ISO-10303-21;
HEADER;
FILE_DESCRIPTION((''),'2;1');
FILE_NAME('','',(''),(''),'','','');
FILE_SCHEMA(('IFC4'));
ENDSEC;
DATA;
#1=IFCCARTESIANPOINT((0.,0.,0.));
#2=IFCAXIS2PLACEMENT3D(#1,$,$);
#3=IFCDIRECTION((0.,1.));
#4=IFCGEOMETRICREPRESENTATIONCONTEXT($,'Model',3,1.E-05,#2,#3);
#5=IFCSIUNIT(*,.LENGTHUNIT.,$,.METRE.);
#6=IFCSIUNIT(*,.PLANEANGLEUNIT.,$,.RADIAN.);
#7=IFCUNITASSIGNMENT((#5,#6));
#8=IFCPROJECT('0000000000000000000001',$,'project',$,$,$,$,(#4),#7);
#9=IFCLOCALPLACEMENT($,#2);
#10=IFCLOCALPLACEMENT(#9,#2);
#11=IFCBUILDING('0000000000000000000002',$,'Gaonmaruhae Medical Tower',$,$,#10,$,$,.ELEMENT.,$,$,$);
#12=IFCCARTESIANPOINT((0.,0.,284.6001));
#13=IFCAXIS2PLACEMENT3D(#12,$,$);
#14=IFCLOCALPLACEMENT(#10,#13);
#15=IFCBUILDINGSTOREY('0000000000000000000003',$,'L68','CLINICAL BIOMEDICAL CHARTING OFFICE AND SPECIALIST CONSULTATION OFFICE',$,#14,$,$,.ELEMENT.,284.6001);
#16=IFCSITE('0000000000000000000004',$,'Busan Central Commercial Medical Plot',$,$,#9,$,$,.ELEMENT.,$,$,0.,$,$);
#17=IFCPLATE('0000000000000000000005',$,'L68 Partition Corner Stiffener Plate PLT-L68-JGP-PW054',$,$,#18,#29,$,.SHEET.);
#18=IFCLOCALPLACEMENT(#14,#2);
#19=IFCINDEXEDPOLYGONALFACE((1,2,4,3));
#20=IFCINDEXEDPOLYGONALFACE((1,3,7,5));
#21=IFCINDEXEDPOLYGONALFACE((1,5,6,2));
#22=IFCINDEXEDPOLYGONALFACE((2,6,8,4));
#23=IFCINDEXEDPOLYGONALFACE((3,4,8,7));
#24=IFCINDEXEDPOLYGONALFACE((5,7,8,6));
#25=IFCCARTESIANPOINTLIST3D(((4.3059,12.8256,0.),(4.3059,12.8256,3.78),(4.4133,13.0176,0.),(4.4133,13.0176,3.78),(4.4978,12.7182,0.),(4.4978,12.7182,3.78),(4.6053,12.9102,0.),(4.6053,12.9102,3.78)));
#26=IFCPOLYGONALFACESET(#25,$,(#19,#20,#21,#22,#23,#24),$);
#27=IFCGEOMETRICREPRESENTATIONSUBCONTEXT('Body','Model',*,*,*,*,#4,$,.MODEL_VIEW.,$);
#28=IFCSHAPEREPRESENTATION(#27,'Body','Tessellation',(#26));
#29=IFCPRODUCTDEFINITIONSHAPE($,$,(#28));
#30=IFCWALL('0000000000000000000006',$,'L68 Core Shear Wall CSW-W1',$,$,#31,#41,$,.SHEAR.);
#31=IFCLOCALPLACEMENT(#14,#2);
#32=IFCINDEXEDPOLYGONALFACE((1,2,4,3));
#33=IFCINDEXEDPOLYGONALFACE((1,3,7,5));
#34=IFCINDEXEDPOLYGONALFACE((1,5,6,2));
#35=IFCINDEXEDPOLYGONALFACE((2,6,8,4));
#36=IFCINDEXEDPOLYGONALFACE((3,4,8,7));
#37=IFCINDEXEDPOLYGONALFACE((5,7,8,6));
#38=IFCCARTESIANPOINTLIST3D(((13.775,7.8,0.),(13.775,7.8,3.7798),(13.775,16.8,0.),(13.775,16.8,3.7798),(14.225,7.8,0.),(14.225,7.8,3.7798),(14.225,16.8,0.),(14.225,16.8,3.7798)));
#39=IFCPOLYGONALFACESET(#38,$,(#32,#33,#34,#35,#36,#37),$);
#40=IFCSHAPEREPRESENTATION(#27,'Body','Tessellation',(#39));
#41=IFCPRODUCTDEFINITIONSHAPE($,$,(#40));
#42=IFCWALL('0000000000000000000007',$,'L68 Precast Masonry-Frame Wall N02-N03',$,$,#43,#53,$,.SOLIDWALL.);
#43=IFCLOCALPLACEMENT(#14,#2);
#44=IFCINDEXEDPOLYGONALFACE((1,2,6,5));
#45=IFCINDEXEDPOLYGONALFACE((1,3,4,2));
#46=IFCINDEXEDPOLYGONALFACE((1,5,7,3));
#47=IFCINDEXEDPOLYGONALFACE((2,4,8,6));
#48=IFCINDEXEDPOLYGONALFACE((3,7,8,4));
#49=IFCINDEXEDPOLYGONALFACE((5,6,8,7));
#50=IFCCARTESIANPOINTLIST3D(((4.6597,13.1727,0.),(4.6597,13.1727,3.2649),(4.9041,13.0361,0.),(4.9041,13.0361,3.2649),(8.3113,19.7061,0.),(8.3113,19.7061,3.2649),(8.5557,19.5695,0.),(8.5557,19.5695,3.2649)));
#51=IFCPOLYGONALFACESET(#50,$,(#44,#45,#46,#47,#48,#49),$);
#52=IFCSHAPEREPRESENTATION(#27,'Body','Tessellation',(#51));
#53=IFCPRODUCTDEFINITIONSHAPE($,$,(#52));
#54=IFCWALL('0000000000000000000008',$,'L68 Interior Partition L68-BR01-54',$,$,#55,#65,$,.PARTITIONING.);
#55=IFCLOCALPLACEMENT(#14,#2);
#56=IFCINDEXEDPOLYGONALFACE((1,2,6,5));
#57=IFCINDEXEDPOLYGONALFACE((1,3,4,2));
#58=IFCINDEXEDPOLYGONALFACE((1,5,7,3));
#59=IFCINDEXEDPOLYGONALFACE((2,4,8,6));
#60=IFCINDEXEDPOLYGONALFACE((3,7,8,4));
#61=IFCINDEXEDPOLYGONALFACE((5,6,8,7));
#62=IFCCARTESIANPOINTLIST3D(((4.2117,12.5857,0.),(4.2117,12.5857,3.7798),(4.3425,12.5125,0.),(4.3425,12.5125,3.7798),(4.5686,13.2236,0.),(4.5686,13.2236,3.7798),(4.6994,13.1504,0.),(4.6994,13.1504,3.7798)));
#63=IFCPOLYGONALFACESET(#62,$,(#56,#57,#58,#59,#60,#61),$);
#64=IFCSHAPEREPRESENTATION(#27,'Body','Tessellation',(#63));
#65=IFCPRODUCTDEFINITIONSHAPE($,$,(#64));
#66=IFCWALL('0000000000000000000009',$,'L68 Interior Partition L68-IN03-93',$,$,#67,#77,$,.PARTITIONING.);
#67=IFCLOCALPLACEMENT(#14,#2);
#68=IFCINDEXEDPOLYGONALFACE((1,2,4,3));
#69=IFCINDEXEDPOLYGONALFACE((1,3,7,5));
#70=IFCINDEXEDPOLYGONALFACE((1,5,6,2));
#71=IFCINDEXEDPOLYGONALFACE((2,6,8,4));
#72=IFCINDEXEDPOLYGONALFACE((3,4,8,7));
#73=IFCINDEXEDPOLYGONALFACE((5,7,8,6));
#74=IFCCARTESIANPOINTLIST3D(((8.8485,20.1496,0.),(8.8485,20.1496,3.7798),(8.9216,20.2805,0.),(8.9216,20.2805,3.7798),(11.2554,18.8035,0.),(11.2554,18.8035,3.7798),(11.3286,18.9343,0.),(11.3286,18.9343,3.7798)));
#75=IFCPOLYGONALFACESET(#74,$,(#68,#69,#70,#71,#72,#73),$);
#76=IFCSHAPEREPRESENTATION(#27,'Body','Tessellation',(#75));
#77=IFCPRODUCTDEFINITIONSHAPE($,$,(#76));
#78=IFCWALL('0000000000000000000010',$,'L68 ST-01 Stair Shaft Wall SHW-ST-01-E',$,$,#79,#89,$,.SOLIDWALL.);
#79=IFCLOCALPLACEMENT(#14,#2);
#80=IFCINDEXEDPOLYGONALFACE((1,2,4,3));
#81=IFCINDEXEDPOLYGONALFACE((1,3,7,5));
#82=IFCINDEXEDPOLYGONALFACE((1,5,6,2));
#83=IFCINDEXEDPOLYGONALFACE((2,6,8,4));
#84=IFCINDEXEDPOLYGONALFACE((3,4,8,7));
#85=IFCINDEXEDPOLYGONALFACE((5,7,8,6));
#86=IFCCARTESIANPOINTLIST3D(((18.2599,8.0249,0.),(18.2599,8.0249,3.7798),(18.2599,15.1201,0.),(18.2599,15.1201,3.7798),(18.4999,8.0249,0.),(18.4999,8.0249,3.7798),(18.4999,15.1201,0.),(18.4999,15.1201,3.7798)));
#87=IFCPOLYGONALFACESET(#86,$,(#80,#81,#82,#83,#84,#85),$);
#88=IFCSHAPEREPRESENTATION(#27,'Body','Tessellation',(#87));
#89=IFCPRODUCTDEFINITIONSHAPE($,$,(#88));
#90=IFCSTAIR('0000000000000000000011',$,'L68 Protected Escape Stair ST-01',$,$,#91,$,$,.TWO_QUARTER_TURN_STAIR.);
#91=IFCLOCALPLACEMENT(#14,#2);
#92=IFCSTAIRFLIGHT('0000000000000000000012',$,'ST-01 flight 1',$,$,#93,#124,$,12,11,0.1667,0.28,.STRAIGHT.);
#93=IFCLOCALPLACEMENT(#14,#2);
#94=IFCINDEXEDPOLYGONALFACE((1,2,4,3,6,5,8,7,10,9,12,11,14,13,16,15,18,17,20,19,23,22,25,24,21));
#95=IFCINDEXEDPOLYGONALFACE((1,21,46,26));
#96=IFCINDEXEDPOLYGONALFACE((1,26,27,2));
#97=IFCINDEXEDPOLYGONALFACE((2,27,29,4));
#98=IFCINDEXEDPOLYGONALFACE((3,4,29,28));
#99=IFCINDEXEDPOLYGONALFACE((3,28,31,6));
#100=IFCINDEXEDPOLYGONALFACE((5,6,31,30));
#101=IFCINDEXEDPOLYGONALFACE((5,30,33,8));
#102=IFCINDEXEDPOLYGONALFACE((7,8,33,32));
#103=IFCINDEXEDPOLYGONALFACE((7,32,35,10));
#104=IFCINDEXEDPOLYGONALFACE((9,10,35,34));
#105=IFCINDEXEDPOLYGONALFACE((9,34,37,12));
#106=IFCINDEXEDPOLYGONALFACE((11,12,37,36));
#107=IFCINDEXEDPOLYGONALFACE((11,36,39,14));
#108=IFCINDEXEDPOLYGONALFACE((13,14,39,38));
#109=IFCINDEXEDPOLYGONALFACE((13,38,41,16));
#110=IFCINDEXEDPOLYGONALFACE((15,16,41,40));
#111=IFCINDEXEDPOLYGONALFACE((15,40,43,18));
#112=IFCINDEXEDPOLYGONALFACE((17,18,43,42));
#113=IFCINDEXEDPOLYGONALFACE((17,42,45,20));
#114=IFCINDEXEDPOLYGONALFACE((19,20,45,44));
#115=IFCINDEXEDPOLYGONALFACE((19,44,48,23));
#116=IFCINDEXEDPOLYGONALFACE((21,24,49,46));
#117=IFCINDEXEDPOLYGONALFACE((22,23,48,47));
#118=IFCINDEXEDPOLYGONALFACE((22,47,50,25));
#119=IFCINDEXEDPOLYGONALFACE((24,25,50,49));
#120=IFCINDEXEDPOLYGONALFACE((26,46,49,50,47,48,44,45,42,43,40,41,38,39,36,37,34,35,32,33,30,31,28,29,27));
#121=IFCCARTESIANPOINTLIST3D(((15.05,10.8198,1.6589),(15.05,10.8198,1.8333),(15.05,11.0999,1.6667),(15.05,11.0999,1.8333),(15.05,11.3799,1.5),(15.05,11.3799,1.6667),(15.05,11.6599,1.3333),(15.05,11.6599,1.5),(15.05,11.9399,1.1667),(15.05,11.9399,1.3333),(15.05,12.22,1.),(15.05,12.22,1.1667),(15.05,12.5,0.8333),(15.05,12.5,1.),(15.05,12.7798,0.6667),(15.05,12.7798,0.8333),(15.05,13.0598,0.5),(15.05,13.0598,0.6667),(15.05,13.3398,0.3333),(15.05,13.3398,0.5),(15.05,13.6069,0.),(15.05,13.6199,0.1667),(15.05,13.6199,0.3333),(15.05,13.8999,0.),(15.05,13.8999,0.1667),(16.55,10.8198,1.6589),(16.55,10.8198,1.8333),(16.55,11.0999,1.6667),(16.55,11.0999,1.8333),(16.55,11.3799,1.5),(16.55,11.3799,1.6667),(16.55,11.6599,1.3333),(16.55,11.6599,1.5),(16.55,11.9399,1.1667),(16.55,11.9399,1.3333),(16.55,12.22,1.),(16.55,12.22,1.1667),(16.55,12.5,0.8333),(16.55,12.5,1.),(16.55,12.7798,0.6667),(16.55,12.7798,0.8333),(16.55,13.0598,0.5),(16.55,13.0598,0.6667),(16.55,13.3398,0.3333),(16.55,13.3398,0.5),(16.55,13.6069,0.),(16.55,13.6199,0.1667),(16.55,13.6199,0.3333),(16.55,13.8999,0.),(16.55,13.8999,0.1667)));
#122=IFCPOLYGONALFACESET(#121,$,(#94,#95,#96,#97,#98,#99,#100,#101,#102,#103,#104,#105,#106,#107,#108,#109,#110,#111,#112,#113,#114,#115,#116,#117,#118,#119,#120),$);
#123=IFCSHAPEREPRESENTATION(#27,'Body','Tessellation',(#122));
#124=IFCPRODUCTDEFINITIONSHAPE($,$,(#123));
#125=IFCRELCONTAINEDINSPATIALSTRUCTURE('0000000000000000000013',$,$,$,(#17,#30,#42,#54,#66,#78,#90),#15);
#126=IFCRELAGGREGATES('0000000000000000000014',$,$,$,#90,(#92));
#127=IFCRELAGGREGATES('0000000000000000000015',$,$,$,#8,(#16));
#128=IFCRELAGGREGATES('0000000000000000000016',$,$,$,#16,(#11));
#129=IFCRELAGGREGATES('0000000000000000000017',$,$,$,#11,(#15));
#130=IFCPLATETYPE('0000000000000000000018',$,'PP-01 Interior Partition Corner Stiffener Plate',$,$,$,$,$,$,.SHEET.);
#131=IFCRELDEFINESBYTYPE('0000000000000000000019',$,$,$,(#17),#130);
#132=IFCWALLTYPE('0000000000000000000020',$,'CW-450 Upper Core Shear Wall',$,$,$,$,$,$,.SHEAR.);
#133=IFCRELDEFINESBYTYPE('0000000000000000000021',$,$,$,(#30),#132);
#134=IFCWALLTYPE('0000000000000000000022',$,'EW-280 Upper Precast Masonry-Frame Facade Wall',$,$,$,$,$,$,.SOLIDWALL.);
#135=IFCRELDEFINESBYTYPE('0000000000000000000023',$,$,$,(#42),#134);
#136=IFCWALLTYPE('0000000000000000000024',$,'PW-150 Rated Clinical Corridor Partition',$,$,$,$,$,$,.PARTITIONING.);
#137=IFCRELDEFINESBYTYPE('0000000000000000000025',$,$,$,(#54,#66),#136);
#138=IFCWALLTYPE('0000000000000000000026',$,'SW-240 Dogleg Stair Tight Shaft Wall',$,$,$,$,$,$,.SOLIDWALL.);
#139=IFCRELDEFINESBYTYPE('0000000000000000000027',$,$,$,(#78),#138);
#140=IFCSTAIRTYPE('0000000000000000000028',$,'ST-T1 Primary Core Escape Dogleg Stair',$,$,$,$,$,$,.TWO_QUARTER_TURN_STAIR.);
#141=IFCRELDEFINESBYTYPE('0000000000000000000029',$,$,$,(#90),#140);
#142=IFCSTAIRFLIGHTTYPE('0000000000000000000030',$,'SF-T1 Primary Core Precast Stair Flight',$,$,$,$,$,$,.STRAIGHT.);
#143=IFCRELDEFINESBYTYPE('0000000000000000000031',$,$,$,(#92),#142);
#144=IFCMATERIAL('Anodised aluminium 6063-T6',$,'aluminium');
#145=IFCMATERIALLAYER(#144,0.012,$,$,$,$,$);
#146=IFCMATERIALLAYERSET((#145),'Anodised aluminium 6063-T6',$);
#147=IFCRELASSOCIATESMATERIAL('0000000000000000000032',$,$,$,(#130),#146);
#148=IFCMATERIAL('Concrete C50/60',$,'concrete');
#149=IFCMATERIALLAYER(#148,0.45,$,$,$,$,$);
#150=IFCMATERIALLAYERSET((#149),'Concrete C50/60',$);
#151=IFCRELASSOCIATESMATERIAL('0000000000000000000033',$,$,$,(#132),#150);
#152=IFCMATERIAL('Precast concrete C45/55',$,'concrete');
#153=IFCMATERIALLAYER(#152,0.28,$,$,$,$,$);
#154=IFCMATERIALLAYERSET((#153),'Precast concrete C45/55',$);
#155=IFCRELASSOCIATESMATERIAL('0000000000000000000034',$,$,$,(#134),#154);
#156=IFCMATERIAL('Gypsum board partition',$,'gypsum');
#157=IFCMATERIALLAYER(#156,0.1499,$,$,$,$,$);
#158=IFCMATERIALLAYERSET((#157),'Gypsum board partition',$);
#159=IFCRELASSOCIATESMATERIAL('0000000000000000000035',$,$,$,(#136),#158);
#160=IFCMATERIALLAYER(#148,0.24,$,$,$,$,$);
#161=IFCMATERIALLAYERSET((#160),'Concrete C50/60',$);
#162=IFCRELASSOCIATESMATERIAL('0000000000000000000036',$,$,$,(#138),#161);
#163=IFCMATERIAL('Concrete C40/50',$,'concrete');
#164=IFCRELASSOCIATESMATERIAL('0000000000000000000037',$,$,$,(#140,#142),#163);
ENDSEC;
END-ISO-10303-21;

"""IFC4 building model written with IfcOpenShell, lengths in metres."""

from ifc_helpers import new_model, si_unit, direction, frame, frame_2d, origin, origin_2d, place, context, subcontext, project, spatial, polyline, rectangle, outline, extrude, material, layer, layer_set, type_object, element, aggregate, save


model = new_model("IFC4")

# Units and contexts
model_context = context("Model", 3, precision=1e-05, world=origin(), true_north=direction((0.0, 1.0)))
body_context = subcontext(model_context, "Body", "Model", "MODEL_VIEW")
ifc_project = project(units=[si_unit("LENGTHUNIT", "METRE"), si_unit("PLANEANGLEUNIT", "RADIAN")], contexts=[model_context])

# Site, building, storey
site_placement = place(None, origin())
site = spatial("IfcSite", under=ifc_project, at=site_placement, Name="Busan Central Commercial Medical Plot", CompositionType="ELEMENT", RefElevation=0.0)
building_placement = place(site_placement, origin())
building = spatial("IfcBuilding", under=site, at=building_placement, Name="Gaonmaruhae Medical Tower", CompositionType="ELEMENT")
storey_placement = place(building_placement, frame((0.0, 0.0, 284.6001)))
storey = spatial("IfcBuildingStorey", under=building, at=storey_placement, Name="L68", Description="CLINICAL BIOMEDICAL CHARTING OFFICE AND SPECIALIST CONSULTATION OFFICE", CompositionType="ELEMENT", Elevation=284.6001)

# Shared definitions
ifc_material_1 = material(Name="Concrete C50/60", Category="concrete")

# Plate
ifc_material_2 = material(Name="Anodised aluminium 6063-T6", Category="aluminium")
ifc_layer_1 = layer(ifc_material_2, 0.012)
ifc_layer_set_1 = layer_set([ifc_layer_1], Name="Anodised aluminium 6063-T6")
plate_type = type_object("IfcPlateType", Name="PP-01 Interior Partition Corner Stiffener Plate", PredefinedType="SHEET", material=ifc_layer_set_1)
plate_placement = place(storey_placement, frame((4.4556, 12.8679, 0.0), z_axis=(0.0, 0.0, 1.0), x_axis=(0.488317, 0.872667, 0.0)))
element("IfcPlate", 1, at=plate_placement, inside=storey, type_object=plate_type, Name="L68 Partition Corner Stiffener Plate PLT-L68-JGP-PW054", PredefinedType="SHEET", context=body_context, shape_type="SweptSolid", body=[
    extrude(rectangle(XDim=0.22, YDim=0.22, at=origin_2d()), origin(), (0.0, 0.0, 1.0), 3.78),
])

# Walls
ifc_layer_2 = layer(ifc_material_1, 0.45)
ifc_layer_set_2 = layer_set([ifc_layer_2], Name="Concrete C50/60")
wall_type_1 = type_object("IfcWallType", Name="CW-450 Upper Core Shear Wall", PredefinedType="SHEAR", material=ifc_layer_set_2)
wall_1_placement = place(storey_placement, frame((14.0, 16.8, 0.0), z_axis=(0.0, 0.0, 1.0), x_axis=(0.0, -1.0, 0.0)))
element("IfcWall", 2, at=wall_1_placement, inside=storey, type_object=wall_type_1, Name="L68 Core Shear Wall CSW-W1", PredefinedType="SHEAR", context=body_context, shape_type="SweptSolid", body=[
    extrude(rectangle(XDim=9.0, YDim=0.45, at=frame_2d((4.5, 0.0))), origin(), (0.0, 0.0, 1.0), 3.7798),
])
ifc_material_3 = material(Name="Precast concrete C45/55", Category="concrete")
ifc_layer_3 = layer(ifc_material_3, 0.28)
ifc_layer_set_3 = layer_set([ifc_layer_3], Name="Precast concrete C45/55")
wall_type_2 = type_object("IfcWallType", Name="EW-280 Upper Precast Masonry-Frame Facade Wall", PredefinedType="SOLIDWALL", material=ifc_layer_set_3)
wall_2_placement = place(storey_placement, frame((4.782, 13.1045, 0.0), z_axis=(0.0, 0.0, 1.0), x_axis=(0.487879, 0.872911, 0.0)))
element("IfcWall", 3, at=wall_2_placement, inside=storey, type_object=wall_type_2, Name="L68 Precast Masonry-Frame Wall N02-N03", PredefinedType="SOLIDWALL", context=body_context, shape_type="SweptSolid", body=[
    extrude(rectangle(XDim=7.4846, YDim=0.28, at=frame_2d((3.7422, 0.0))), origin(), (0.0, 0.0, 1.0), 3.2649),
])

# Shared definitions
ifc_material_4 = material(Name="Gypsum board partition", Category="gypsum")
ifc_layer_4 = layer(ifc_material_4, 0.1499)
ifc_layer_set_4 = layer_set([ifc_layer_4], Name="Gypsum board partition")
wall_type_3 = type_object("IfcWallType", Name="PW-150 Rated Clinical Corridor Partition", PredefinedType="PARTITIONING", material=ifc_layer_set_4)

# Walls
wall_3_placement = place(storey_placement, frame((4.2771, 12.5491, 0.0), z_axis=(0.0, 0.0, 1.0), x_axis=(0.488278, 0.872688, 0.0)))
element("IfcWall", 4, at=wall_3_placement, inside=storey, type_object=wall_type_3, Name="L68 Interior Partition L68-BR01-54", PredefinedType="PARTITIONING", context=body_context, shape_type="SweptSolid", body=[
    extrude(rectangle(XDim=0.731, YDim=0.1499, at=frame_2d((0.3655, 0.0))), origin(), (0.0, 0.0, 1.0), 3.7798),
])
wall_4_placement = place(storey_placement, frame((11.292, 18.8689, 0.0), z_axis=(0.0, 0.0, 1.0), x_axis=(-0.872772, 0.488129, 0.0)))
element("IfcWall", 5, at=wall_4_placement, inside=storey, type_object=wall_type_3, Name="L68 Interior Partition L68-IN03-93", PredefinedType="PARTITIONING", context=body_context, shape_type="SweptSolid", body=[
    extrude(rectangle(XDim=2.7578, YDim=0.1499, at=frame_2d((1.3789, 0.0))), origin(), (0.0, 0.0, 1.0), 3.7798),
])

# Shared definitions
ifc_layer_5 = layer(ifc_material_1, 0.24)
ifc_layer_set_5 = layer_set([ifc_layer_5], Name="Concrete C50/60")
wall_type_4 = type_object("IfcWallType", Name="SW-240 Dogleg Stair Tight Shaft Wall", PredefinedType="SOLIDWALL", material=ifc_layer_set_5)

# Wall
wall_5_placement = place(storey_placement, frame((18.3799, 15.1201, 0.0), z_axis=(0.0, 0.0, 1.0), x_axis=(0.0, -1.0, 0.0)))
element("IfcWall", 6, at=wall_5_placement, inside=storey, type_object=wall_type_4, Name="L68 ST-01 Stair Shaft Wall SHW-ST-01-E", PredefinedType="SOLIDWALL", context=body_context, shape_type="SweptSolid", body=[
    extrude(rectangle(XDim=7.0952, YDim=0.24, at=frame_2d((3.5476, 0.0))), origin(), (0.0, 0.0, 1.0), 3.7798),
])

# Stair, stair flight
ifc_material_5 = material(Name="Concrete C40/50", Category="concrete")
stair_type = type_object("IfcStairType", Name="ST-T1 Primary Core Escape Dogleg Stair", PredefinedType="TWO_QUARTER_TURN_STAIR", material=ifc_material_5)
stair_placement = place(storey_placement, origin())
stair = element("IfcStair", 7, at=stair_placement, inside=storey, type_object=stair_type, Name="L68 Protected Escape Stair ST-01", PredefinedType="TWO_QUARTER_TURN_STAIR")
stair_flight_type = type_object("IfcStairFlightType", Name="SF-T1 Primary Core Precast Stair Flight", PredefinedType="STRAIGHT", material=ifc_material_5)
stair_flight_placement = place(storey_placement, frame((15.8, 13.8999, 0.0), z_axis=(0.0, 0.0, 1.0), x_axis=(0.0, -1.0, 0.0)))
stair_flight = element("IfcStairFlight", 8, at=stair_flight_placement, type_object=stair_flight_type, Name="ST-01 flight 1", NumberOfRisers=12, NumberOfTreads=11, PredefinedType="STRAIGHT", RiserHeight=0.1667, TreadLength=0.28, context=body_context, shape_type="SweptSolid", body=[
    extrude(outline(polyline([(0.0, 0.0), (0.0, 0.1667), (0.28, 0.1667), (0.28, 0.3333), (0.5601, 0.3333), (0.5601, 0.5), (0.8401, 0.5), (0.8401, 0.6667), (1.1201, 0.6667), (1.1201, 0.8333), (1.3999, 0.8333), (1.3999, 1.0), (1.6799, 1.0), (1.6799, 1.1667), (1.96, 1.1667), (1.96, 1.3333), (2.24, 1.3333), (2.24, 1.5), (2.52, 1.5), (2.52, 1.6667), (2.8, 1.6667), (2.8, 1.8333), (3.0801, 1.8333), (3.0801, 2.0), (3.0801, 1.6589), (0.293, 0.0), (0.0, 0.0)])), frame((0.0, 0.75, 0.0), z_axis=(0.0, -1.0, 0.0), x_axis=(1.0, 0.0, 0.0)), (0.0, 0.0, 1.0), 1.5),
])
aggregate(stair, [stair_flight])

save(model, "model.ifc")
